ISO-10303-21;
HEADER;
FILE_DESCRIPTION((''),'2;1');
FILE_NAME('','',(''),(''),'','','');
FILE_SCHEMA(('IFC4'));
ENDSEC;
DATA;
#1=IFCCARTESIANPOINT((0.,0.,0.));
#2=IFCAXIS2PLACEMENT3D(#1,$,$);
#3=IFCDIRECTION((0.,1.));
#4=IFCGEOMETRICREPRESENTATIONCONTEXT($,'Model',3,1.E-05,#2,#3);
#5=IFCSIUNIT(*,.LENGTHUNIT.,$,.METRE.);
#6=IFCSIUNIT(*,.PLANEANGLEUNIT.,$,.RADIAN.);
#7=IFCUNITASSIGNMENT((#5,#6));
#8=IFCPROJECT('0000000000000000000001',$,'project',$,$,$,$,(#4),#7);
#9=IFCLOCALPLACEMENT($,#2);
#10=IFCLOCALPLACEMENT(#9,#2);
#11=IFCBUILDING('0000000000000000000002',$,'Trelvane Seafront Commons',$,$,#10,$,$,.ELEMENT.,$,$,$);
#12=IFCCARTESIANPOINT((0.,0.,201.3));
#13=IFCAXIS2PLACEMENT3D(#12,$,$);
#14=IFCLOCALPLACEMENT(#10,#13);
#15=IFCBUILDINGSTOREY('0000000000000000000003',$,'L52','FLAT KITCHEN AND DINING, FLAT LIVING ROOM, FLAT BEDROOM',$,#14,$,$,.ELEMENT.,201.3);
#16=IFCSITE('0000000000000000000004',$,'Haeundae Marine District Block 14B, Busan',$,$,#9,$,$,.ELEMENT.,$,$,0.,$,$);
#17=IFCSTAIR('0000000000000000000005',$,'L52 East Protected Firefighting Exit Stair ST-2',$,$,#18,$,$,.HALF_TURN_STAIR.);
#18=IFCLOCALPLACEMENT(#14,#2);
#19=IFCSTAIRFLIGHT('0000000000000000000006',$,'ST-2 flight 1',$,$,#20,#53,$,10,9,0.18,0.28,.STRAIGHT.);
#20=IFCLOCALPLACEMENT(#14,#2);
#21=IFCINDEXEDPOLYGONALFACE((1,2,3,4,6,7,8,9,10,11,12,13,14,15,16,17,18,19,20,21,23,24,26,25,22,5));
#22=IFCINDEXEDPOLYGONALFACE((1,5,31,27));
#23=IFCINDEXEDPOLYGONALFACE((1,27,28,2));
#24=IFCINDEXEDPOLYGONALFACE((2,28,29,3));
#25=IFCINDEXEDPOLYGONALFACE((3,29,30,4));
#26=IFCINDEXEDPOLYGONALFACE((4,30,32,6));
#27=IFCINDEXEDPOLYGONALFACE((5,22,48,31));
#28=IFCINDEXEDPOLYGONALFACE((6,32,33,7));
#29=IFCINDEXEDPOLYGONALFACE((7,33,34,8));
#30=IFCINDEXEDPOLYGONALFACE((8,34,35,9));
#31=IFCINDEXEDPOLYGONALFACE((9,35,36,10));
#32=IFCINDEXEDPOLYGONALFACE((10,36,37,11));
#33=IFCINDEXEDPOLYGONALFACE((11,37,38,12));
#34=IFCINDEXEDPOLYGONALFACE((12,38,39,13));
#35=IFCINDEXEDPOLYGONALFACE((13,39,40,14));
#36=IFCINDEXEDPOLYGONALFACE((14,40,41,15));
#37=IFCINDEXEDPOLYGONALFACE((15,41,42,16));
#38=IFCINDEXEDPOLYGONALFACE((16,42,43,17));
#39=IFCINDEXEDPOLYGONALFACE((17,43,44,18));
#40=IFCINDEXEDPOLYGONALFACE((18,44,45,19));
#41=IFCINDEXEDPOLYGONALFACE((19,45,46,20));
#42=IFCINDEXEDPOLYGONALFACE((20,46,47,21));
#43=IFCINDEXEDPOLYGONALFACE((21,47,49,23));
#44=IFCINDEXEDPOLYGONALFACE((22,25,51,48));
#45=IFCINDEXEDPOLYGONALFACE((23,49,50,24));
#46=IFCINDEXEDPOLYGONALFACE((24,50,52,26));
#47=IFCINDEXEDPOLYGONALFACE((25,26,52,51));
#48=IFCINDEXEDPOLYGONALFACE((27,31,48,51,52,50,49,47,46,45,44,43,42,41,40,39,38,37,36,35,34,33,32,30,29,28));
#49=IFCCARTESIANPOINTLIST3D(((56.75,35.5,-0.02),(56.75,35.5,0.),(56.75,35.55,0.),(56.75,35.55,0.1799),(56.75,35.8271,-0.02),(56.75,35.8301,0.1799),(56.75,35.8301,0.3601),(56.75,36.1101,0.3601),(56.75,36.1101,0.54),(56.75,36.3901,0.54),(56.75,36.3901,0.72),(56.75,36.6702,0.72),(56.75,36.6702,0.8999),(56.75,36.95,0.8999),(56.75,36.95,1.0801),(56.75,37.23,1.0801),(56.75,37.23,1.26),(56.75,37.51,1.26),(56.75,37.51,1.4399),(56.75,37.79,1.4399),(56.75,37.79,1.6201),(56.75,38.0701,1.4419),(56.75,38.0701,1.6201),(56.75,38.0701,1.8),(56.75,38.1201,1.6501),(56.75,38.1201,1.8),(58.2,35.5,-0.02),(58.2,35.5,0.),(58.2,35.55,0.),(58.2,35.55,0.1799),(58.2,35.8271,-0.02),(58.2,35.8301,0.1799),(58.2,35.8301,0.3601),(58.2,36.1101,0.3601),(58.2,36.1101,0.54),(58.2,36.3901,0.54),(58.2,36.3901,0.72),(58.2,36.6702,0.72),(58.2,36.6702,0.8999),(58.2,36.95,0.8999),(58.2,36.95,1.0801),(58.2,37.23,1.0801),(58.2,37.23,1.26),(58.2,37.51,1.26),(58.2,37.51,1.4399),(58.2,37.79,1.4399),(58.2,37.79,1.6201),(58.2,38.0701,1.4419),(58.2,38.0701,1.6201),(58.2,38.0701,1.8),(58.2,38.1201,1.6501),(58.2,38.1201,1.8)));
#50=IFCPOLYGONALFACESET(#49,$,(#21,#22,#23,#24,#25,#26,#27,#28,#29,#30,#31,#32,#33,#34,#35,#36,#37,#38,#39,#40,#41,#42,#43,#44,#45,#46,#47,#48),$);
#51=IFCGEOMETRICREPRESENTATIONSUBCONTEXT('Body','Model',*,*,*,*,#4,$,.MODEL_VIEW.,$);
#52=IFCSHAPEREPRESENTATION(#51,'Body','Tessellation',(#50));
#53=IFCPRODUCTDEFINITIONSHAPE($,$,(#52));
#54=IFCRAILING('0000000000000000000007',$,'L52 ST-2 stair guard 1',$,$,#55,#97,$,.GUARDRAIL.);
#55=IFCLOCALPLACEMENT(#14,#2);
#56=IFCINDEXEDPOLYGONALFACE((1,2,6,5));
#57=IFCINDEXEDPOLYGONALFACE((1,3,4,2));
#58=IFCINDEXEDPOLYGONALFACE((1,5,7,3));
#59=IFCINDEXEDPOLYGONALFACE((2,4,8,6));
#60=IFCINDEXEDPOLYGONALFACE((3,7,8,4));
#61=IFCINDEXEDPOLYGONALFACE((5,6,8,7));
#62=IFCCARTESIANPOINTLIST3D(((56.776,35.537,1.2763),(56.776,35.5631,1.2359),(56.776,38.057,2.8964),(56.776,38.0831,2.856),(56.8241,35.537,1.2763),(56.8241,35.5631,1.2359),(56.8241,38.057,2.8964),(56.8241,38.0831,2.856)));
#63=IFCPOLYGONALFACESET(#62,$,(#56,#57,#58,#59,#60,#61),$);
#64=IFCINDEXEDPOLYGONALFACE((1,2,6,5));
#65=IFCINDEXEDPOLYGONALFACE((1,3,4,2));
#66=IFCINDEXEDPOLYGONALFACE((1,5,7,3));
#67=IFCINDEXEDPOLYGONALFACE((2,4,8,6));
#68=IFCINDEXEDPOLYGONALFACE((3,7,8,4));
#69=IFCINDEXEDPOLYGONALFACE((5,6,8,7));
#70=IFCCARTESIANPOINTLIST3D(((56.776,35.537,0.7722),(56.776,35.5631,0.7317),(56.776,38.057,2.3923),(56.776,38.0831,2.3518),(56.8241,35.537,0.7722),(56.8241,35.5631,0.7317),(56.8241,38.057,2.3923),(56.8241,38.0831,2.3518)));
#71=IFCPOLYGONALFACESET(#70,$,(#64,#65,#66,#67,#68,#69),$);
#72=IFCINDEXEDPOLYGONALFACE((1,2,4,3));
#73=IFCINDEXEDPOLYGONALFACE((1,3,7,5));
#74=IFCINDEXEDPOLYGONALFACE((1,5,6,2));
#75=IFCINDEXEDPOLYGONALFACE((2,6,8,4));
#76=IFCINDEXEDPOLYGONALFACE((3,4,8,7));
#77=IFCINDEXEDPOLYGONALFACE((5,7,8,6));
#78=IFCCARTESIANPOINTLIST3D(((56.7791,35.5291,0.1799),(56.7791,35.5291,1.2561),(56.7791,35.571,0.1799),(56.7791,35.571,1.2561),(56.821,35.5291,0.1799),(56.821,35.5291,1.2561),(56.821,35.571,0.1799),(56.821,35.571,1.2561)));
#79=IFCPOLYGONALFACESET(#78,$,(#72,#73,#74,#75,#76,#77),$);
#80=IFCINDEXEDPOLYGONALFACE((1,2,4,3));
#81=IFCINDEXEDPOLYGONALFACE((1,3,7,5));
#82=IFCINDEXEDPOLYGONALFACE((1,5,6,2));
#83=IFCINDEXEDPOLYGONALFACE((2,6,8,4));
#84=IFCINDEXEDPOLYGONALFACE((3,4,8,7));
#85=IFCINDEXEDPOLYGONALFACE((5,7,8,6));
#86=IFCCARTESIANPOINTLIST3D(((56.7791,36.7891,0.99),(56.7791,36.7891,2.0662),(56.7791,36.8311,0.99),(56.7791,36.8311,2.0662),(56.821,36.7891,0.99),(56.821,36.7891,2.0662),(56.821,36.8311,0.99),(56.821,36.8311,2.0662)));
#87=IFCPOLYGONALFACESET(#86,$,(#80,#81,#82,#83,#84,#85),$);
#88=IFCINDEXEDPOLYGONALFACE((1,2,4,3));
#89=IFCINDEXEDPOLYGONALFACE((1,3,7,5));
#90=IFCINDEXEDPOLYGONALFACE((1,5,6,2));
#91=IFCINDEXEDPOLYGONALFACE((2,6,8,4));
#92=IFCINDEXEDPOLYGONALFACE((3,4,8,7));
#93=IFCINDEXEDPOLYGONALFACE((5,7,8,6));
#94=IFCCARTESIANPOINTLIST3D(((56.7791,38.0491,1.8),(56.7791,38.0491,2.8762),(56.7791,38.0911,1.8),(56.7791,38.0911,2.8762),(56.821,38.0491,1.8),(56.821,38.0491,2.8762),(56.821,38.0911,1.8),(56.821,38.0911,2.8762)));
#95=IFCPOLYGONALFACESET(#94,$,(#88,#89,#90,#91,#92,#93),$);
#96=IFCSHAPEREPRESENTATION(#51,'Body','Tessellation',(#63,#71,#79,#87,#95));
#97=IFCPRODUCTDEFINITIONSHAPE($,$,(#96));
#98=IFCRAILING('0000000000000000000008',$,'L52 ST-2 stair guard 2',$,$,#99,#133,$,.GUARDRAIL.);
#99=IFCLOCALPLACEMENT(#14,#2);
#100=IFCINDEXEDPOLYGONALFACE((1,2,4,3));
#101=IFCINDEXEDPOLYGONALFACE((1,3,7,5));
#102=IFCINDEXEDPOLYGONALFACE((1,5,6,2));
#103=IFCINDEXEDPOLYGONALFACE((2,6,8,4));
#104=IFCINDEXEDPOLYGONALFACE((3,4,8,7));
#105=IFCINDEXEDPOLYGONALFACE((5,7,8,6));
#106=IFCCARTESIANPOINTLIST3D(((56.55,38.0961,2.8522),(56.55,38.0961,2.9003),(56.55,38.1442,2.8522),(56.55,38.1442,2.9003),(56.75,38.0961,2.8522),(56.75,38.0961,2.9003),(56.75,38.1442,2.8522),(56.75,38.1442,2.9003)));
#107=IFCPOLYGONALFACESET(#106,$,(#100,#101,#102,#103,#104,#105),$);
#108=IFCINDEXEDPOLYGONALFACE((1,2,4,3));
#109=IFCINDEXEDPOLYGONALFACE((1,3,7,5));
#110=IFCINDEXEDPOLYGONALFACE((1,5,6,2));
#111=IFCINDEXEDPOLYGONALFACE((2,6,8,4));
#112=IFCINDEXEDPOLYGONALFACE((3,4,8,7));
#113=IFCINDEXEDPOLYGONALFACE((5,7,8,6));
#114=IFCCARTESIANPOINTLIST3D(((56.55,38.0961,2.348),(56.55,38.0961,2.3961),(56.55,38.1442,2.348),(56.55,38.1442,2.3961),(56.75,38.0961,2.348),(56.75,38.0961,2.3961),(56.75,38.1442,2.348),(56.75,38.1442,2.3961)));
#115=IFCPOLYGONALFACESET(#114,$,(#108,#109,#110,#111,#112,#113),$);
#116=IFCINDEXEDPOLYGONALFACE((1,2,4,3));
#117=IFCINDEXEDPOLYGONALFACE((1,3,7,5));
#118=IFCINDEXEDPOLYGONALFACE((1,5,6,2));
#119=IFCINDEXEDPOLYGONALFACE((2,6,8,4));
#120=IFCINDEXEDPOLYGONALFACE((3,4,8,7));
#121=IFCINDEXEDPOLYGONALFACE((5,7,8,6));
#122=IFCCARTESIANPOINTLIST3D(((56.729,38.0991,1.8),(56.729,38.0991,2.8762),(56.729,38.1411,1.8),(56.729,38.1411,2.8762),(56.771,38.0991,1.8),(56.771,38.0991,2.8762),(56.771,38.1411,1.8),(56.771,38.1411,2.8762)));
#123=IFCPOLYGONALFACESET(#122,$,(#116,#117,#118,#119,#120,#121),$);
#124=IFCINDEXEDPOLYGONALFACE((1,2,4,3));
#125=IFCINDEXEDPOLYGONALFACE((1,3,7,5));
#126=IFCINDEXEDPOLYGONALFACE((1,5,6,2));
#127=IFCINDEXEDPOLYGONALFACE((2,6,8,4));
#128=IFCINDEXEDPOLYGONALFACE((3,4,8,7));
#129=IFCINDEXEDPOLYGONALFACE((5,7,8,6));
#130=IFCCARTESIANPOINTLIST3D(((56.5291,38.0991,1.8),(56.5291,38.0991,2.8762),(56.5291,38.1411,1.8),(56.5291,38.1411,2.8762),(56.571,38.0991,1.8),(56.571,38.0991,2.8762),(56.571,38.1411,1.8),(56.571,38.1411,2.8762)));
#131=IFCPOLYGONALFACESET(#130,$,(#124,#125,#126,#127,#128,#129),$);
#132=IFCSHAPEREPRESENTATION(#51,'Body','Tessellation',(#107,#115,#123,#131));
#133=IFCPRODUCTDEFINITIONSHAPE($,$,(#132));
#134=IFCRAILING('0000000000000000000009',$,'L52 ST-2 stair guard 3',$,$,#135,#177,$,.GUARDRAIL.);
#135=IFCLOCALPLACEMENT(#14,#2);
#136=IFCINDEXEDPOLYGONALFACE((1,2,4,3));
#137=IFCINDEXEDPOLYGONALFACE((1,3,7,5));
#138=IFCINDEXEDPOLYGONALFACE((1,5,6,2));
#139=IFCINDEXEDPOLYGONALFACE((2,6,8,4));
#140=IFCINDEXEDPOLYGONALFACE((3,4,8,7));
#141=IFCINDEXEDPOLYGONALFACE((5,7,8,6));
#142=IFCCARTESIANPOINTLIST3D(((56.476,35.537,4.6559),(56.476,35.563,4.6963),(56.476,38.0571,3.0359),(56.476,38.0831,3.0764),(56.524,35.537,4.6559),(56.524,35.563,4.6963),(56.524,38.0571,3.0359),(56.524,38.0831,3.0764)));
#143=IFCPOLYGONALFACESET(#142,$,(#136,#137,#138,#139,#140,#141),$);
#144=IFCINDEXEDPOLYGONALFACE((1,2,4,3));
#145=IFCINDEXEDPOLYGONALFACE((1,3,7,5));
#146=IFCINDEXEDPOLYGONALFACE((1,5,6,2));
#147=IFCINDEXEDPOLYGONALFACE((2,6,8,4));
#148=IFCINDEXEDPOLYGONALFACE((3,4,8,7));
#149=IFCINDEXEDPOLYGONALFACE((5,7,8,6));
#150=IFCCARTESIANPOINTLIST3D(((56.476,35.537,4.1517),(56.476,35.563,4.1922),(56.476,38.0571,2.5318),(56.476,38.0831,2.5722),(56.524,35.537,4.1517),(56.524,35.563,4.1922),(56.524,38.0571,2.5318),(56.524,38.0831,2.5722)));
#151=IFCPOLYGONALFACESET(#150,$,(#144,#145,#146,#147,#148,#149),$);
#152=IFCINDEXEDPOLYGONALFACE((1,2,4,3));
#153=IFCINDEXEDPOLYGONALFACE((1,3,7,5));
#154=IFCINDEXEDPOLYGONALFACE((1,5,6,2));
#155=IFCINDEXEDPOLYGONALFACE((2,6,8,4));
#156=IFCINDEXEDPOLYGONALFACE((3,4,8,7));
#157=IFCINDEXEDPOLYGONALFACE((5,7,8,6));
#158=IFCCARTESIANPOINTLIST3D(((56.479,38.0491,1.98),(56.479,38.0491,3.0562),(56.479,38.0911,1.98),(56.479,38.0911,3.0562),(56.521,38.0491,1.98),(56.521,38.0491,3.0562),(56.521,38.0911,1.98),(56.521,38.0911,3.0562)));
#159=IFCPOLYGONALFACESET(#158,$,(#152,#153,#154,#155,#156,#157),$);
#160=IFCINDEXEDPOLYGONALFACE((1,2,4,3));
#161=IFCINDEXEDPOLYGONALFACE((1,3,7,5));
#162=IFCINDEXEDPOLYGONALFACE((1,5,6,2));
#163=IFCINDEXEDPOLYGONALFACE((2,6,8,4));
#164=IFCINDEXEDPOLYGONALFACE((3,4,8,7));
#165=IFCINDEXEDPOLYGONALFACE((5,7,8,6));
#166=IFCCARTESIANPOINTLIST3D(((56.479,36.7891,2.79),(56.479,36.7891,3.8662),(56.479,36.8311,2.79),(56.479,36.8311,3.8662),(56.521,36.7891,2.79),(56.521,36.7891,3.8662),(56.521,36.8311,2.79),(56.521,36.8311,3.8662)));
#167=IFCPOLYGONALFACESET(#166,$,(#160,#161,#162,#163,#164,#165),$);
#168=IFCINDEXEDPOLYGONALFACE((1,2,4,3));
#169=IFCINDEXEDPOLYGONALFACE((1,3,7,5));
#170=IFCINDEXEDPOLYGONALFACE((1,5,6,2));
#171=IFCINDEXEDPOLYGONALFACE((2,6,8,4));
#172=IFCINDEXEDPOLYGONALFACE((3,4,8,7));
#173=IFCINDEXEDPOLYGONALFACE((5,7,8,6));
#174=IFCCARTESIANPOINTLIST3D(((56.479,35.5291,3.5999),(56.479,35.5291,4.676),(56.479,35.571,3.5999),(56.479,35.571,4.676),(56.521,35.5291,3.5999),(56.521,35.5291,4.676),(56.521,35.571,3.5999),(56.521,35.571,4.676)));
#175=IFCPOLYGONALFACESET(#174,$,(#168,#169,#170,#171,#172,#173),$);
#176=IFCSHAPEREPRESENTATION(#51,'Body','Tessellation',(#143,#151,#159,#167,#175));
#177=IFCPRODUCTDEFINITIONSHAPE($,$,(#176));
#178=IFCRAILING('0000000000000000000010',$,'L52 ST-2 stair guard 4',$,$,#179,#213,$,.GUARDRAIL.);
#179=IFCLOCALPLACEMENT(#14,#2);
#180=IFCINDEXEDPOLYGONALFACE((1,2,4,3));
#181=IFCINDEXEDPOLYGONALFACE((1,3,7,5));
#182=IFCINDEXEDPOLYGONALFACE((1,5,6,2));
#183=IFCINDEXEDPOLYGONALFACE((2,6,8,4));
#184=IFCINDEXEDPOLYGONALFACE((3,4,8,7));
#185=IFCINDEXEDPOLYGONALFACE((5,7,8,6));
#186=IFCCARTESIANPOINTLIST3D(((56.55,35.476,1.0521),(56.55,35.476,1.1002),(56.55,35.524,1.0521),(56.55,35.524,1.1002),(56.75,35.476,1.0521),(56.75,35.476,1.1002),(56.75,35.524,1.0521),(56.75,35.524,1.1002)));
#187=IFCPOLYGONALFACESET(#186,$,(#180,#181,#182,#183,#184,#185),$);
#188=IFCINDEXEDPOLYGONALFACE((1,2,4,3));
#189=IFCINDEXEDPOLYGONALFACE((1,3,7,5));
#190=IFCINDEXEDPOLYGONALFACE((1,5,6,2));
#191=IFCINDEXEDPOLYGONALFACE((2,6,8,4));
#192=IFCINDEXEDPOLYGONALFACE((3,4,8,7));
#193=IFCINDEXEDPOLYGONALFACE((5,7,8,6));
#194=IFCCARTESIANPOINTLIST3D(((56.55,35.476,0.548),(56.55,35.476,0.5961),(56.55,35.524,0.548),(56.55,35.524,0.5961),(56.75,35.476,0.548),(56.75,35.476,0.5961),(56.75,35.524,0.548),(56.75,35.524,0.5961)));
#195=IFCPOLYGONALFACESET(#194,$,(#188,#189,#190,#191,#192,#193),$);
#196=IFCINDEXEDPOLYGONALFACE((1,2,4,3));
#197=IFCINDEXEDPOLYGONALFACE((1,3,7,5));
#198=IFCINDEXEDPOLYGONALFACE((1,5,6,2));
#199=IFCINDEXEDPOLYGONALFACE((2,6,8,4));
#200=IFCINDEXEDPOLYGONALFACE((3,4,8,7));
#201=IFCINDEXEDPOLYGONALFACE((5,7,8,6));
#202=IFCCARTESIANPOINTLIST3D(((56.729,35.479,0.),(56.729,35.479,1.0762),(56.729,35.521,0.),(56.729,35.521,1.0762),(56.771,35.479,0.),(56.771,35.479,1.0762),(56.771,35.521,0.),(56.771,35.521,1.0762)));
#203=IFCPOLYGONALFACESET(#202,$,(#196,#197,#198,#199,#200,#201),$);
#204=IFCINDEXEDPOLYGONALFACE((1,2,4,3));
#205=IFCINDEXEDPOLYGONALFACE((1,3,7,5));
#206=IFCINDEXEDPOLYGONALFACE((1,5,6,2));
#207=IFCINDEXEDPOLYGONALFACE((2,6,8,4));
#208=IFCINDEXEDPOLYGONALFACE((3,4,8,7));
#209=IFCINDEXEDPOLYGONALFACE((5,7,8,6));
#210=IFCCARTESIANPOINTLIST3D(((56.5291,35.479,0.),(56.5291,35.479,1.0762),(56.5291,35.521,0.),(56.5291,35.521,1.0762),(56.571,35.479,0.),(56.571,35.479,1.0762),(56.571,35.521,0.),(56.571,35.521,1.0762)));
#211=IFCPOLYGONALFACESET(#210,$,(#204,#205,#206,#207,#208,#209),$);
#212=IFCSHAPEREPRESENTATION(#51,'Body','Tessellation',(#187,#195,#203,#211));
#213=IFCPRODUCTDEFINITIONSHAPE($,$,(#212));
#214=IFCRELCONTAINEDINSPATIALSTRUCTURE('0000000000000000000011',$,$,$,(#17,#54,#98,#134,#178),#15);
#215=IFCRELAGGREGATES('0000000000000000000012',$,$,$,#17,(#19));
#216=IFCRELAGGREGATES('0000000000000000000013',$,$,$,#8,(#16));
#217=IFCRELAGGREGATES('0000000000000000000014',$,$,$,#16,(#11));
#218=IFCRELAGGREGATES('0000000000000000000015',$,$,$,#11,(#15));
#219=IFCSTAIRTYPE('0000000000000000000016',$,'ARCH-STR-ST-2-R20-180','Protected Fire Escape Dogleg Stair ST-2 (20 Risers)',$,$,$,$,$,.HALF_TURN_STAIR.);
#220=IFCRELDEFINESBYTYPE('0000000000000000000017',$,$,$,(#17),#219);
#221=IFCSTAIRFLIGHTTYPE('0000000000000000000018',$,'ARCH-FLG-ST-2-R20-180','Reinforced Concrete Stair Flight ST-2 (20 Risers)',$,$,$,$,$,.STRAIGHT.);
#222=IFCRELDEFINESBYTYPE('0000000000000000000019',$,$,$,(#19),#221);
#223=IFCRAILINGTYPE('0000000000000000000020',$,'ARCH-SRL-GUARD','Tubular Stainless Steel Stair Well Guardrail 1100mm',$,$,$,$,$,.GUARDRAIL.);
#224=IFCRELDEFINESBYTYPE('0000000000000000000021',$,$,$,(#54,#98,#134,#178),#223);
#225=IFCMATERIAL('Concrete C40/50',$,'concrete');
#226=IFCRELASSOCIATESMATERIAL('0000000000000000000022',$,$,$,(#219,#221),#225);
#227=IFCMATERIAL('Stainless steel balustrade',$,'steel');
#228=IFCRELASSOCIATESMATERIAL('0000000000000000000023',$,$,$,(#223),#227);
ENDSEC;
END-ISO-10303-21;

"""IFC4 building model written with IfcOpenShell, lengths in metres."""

from ifc_helpers import new_model, si_unit, direction, frame, origin, origin_2d, place, context, subcontext, project, spatial, polyline, rectangle, outline, extrude, source, transform, mapped, material, type_object, element, aggregate, save


model = new_model("IFC4")

# Units and contexts
model_context = context("Model", 3, precision=1e-05, world=origin(), true_north=direction((0.0, 1.0)))
body_context = subcontext(model_context, "Body", "Model", "MODEL_VIEW")
ifc_project = project(units=[si_unit("LENGTHUNIT", "METRE"), si_unit("PLANEANGLEUNIT", "RADIAN")], contexts=[model_context])

# Site, building, storey
site_placement = place(None, origin())
site = spatial("IfcSite", under=ifc_project, at=site_placement, Name="Haeundae Marine District Block 14B, Busan", CompositionType="ELEMENT", RefElevation=0.0)
building_placement = place(site_placement, origin())
building = spatial("IfcBuilding", under=site, at=building_placement, Name="Trelvane Seafront Commons", CompositionType="ELEMENT")
storey_placement = place(building_placement, frame((0.0, 0.0, 201.3)))
storey = spatial("IfcBuildingStorey", under=building, at=storey_placement, Name="L52", Description="FLAT KITCHEN AND DINING, FLAT LIVING ROOM, FLAT BEDROOM", CompositionType="ELEMENT", Elevation=201.3)

# Stair, stair flight
ifc_material_1 = material(Name="Concrete C40/50", Category="concrete")
stair_type = type_object("IfcStairType", Name="ARCH-STR-ST-2-R20-180", Description="Protected Fire Escape Dogleg Stair ST-2 (20 Risers)", PredefinedType="HALF_TURN_STAIR", material=ifc_material_1)
stair_placement = place(storey_placement, origin())
stair = element("IfcStair", 1, at=stair_placement, inside=storey, type_object=stair_type, Name="L52 East Protected Firefighting Exit Stair ST-2", PredefinedType="HALF_TURN_STAIR")
stair_flight_type = type_object("IfcStairFlightType", Name="ARCH-FLG-ST-2-R20-180", Description="Reinforced Concrete Stair Flight ST-2 (20 Risers)", PredefinedType="STRAIGHT", material=ifc_material_1)
shared_shape_1 = source(origin(), body_context, "Body", "SweptSolid", [
    extrude(outline(polyline([(-0.05, -0.02), (-0.05, 0.0), (0.0, 0.0), (0.0, 0.1799), (0.28, 0.1799), (0.28, 0.3601), (0.5601, 0.3601), (0.5601, 0.54), (0.8401, 0.54), (0.8401, 0.72), (1.1201, 0.72), (1.1201, 0.8999), (1.3999, 0.8999), (1.3999, 1.0801), (1.6799, 1.0801), (1.6799, 1.26), (1.96, 1.26), (1.96, 1.4399), (2.24, 1.4399), (2.24, 1.6201), (2.52, 1.6201), (2.52, 1.8), (2.5701, 1.8), (2.5701, 1.6501), (2.52, 1.4419), (0.2771, -0.02), (-0.05, -0.02)])), frame((0.0, 0.7251, 0.0), z_axis=(0.0, -1.0, 0.0), x_axis=(1.0, 0.0, 0.0)), (0.0, 0.0, 1.0), 1.45),
])
stair_flight_placement = place(storey_placement, frame((57.4751, 35.55, 0.0), z_axis=(0.0, 0.0, 1.0), x_axis=(0.0, 1.0, 0.0)))
stair_flight = element("IfcStairFlight", 2, at=stair_flight_placement, type_object=stair_flight_type, Name="ST-2 flight 1", NumberOfRisers=10, NumberOfTreads=9, PredefinedType="STRAIGHT", RiserHeight=0.18, TreadLength=0.28, context=body_context, shape_type="MappedRepresentation", body=[
    mapped(shared_shape_1, transform((0.0, 0.0, 0.0), x_axis=(1.0, 0.0, 0.0), y_axis=(0.0, 1.0, 0.0), z_axis=(0.0, 0.0, 1.0), scale=1.0)),
])
aggregate(stair, [stair_flight])

# Railings
ifc_material_2 = material(Name="Stainless steel balustrade", Category="steel")
railing_type_1 = type_object("IfcRailingType", Name="ARCH-SRL-GUARD", Description="Tubular Stainless Steel Stair Well Guardrail 1100mm", PredefinedType="GUARDRAIL", material=ifc_material_2)
railing_1_placement = place(storey_placement, frame((56.8, 35.55, 0.1799)))
element("IfcRailing", 3, at=railing_1_placement, inside=storey, type_object=railing_type_1, Name="L52 ST-2 stair guard 1", PredefinedType="GUARDRAIL", context=body_context, shape_type="SweptSolid", body=[
    extrude(rectangle(XDim=0.0481, YDim=0.0481, at=origin_2d()), frame((0.0, 0.0, 1.0762), z_axis=(0.0, 0.841163, 0.540782), x_axis=(-1.0, 0.0, 0.0)), (0.0, 0.0, 1.0), 2.9958),
    extrude(rectangle(XDim=0.0481, YDim=0.0481, at=origin_2d()), frame((0.0, 0.0, 0.572), z_axis=(0.0, 0.841163, 0.540782), x_axis=(-1.0, 0.0, 0.0)), (0.0, 0.0, 1.0), 2.9958),
    extrude(rectangle(XDim=0.042, YDim=0.042, at=origin_2d()), origin(), (0.0, 0.0, 1.0), 1.0762),
    extrude(rectangle(XDim=0.042, YDim=0.042, at=origin_2d()), frame((0.0, 1.26, 0.8101)), (0.0, 0.0, 1.0), 1.0762),
    extrude(rectangle(XDim=0.042, YDim=0.042, at=origin_2d()), frame((0.0, 2.52, 1.6201)), (0.0, 0.0, 1.0), 1.0762),
])
railing_2_placement = place(storey_placement, frame((56.75, 38.1201, 1.8)))
element("IfcRailing", 4, at=railing_2_placement, inside=storey, type_object=railing_type_1, Name="L52 ST-2 stair guard 2", PredefinedType="GUARDRAIL", context=body_context, shape_type="SweptSolid", body=[
    extrude(rectangle(XDim=0.0481, YDim=0.0481, at=origin_2d()), frame((0.0, 0.0, 1.0762), z_axis=(-1.0, 0.0, 0.0), x_axis=(0.0, -1.0, 0.0)), (0.0, 0.0, 1.0), 0.2),
    extrude(rectangle(XDim=0.0481, YDim=0.0481, at=origin_2d()), frame((0.0, 0.0, 0.572), z_axis=(-1.0, 0.0, 0.0), x_axis=(0.0, -1.0, 0.0)), (0.0, 0.0, 1.0), 0.2),
    extrude(rectangle(XDim=0.042, YDim=0.042, at=origin_2d()), origin(), (0.0, 0.0, 1.0), 1.0762),
    extrude(rectangle(XDim=0.042, YDim=0.042, at=origin_2d()), frame((-0.2, 0.0, 0.0)), (0.0, 0.0, 1.0), 1.0762),
])
railing_3_placement = place(storey_placement, frame((56.5, 38.0701, 1.98)))
element("IfcRailing", 5, at=railing_3_placement, inside=storey, type_object=railing_type_1, Name="L52 ST-2 stair guard 3", PredefinedType="GUARDRAIL", context=body_context, shape_type="SweptSolid", body=[
    extrude(rectangle(XDim=0.0481, YDim=0.0481, at=origin_2d()), frame((0.0, 0.0, 1.0762), z_axis=(0.0, -0.8412, 0.540725), x_axis=(1.0, 0.0, 0.0)), (0.0, 0.0, 1.0), 2.9958),
    extrude(rectangle(XDim=0.0481, YDim=0.0481, at=origin_2d()), frame((0.0, 0.0, 0.572), z_axis=(0.0, -0.8412, 0.540725), x_axis=(1.0, 0.0, 0.0)), (0.0, 0.0, 1.0), 2.9958),
    extrude(rectangle(XDim=0.042, YDim=0.042, at=origin_2d()), origin(), (0.0, 0.0, 1.0), 1.0762),
    extrude(rectangle(XDim=0.042, YDim=0.042, at=origin_2d()), frame((0.0, -1.26, 0.8101)), (0.0, 0.0, 1.0), 1.0762),
    extrude(rectangle(XDim=0.042, YDim=0.042, at=origin_2d()), frame((0.0, -2.52, 1.6199)), (0.0, 0.0, 1.0), 1.0762),
])
railing_4_placement = place(storey_placement, frame((56.75, 35.5, 0.0)))
element("IfcRailing", 6, at=railing_4_placement, inside=storey, type_object=railing_type_1, Name="L52 ST-2 stair guard 4", PredefinedType="GUARDRAIL", context=body_context, shape_type="SweptSolid", body=[
    extrude(rectangle(XDim=0.0481, YDim=0.0481, at=origin_2d()), frame((0.0, 0.0, 1.0762), z_axis=(-1.0, 0.0, 0.0), x_axis=(0.0, -1.0, 0.0)), (0.0, 0.0, 1.0), 0.2),
    extrude(rectangle(XDim=0.0481, YDim=0.0481, at=origin_2d()), frame((0.0, 0.0, 0.572), z_axis=(-1.0, 0.0, 0.0), x_axis=(0.0, -1.0, 0.0)), (0.0, 0.0, 1.0), 0.2),
    extrude(rectangle(XDim=0.042, YDim=0.042, at=origin_2d()), origin(), (0.0, 0.0, 1.0), 1.0762),
    extrude(rectangle(XDim=0.042, YDim=0.042, at=origin_2d()), frame((-0.2, 0.0, 0.0)), (0.0, 0.0, 1.0), 1.0762),
])

save(model, "model.ifc")
